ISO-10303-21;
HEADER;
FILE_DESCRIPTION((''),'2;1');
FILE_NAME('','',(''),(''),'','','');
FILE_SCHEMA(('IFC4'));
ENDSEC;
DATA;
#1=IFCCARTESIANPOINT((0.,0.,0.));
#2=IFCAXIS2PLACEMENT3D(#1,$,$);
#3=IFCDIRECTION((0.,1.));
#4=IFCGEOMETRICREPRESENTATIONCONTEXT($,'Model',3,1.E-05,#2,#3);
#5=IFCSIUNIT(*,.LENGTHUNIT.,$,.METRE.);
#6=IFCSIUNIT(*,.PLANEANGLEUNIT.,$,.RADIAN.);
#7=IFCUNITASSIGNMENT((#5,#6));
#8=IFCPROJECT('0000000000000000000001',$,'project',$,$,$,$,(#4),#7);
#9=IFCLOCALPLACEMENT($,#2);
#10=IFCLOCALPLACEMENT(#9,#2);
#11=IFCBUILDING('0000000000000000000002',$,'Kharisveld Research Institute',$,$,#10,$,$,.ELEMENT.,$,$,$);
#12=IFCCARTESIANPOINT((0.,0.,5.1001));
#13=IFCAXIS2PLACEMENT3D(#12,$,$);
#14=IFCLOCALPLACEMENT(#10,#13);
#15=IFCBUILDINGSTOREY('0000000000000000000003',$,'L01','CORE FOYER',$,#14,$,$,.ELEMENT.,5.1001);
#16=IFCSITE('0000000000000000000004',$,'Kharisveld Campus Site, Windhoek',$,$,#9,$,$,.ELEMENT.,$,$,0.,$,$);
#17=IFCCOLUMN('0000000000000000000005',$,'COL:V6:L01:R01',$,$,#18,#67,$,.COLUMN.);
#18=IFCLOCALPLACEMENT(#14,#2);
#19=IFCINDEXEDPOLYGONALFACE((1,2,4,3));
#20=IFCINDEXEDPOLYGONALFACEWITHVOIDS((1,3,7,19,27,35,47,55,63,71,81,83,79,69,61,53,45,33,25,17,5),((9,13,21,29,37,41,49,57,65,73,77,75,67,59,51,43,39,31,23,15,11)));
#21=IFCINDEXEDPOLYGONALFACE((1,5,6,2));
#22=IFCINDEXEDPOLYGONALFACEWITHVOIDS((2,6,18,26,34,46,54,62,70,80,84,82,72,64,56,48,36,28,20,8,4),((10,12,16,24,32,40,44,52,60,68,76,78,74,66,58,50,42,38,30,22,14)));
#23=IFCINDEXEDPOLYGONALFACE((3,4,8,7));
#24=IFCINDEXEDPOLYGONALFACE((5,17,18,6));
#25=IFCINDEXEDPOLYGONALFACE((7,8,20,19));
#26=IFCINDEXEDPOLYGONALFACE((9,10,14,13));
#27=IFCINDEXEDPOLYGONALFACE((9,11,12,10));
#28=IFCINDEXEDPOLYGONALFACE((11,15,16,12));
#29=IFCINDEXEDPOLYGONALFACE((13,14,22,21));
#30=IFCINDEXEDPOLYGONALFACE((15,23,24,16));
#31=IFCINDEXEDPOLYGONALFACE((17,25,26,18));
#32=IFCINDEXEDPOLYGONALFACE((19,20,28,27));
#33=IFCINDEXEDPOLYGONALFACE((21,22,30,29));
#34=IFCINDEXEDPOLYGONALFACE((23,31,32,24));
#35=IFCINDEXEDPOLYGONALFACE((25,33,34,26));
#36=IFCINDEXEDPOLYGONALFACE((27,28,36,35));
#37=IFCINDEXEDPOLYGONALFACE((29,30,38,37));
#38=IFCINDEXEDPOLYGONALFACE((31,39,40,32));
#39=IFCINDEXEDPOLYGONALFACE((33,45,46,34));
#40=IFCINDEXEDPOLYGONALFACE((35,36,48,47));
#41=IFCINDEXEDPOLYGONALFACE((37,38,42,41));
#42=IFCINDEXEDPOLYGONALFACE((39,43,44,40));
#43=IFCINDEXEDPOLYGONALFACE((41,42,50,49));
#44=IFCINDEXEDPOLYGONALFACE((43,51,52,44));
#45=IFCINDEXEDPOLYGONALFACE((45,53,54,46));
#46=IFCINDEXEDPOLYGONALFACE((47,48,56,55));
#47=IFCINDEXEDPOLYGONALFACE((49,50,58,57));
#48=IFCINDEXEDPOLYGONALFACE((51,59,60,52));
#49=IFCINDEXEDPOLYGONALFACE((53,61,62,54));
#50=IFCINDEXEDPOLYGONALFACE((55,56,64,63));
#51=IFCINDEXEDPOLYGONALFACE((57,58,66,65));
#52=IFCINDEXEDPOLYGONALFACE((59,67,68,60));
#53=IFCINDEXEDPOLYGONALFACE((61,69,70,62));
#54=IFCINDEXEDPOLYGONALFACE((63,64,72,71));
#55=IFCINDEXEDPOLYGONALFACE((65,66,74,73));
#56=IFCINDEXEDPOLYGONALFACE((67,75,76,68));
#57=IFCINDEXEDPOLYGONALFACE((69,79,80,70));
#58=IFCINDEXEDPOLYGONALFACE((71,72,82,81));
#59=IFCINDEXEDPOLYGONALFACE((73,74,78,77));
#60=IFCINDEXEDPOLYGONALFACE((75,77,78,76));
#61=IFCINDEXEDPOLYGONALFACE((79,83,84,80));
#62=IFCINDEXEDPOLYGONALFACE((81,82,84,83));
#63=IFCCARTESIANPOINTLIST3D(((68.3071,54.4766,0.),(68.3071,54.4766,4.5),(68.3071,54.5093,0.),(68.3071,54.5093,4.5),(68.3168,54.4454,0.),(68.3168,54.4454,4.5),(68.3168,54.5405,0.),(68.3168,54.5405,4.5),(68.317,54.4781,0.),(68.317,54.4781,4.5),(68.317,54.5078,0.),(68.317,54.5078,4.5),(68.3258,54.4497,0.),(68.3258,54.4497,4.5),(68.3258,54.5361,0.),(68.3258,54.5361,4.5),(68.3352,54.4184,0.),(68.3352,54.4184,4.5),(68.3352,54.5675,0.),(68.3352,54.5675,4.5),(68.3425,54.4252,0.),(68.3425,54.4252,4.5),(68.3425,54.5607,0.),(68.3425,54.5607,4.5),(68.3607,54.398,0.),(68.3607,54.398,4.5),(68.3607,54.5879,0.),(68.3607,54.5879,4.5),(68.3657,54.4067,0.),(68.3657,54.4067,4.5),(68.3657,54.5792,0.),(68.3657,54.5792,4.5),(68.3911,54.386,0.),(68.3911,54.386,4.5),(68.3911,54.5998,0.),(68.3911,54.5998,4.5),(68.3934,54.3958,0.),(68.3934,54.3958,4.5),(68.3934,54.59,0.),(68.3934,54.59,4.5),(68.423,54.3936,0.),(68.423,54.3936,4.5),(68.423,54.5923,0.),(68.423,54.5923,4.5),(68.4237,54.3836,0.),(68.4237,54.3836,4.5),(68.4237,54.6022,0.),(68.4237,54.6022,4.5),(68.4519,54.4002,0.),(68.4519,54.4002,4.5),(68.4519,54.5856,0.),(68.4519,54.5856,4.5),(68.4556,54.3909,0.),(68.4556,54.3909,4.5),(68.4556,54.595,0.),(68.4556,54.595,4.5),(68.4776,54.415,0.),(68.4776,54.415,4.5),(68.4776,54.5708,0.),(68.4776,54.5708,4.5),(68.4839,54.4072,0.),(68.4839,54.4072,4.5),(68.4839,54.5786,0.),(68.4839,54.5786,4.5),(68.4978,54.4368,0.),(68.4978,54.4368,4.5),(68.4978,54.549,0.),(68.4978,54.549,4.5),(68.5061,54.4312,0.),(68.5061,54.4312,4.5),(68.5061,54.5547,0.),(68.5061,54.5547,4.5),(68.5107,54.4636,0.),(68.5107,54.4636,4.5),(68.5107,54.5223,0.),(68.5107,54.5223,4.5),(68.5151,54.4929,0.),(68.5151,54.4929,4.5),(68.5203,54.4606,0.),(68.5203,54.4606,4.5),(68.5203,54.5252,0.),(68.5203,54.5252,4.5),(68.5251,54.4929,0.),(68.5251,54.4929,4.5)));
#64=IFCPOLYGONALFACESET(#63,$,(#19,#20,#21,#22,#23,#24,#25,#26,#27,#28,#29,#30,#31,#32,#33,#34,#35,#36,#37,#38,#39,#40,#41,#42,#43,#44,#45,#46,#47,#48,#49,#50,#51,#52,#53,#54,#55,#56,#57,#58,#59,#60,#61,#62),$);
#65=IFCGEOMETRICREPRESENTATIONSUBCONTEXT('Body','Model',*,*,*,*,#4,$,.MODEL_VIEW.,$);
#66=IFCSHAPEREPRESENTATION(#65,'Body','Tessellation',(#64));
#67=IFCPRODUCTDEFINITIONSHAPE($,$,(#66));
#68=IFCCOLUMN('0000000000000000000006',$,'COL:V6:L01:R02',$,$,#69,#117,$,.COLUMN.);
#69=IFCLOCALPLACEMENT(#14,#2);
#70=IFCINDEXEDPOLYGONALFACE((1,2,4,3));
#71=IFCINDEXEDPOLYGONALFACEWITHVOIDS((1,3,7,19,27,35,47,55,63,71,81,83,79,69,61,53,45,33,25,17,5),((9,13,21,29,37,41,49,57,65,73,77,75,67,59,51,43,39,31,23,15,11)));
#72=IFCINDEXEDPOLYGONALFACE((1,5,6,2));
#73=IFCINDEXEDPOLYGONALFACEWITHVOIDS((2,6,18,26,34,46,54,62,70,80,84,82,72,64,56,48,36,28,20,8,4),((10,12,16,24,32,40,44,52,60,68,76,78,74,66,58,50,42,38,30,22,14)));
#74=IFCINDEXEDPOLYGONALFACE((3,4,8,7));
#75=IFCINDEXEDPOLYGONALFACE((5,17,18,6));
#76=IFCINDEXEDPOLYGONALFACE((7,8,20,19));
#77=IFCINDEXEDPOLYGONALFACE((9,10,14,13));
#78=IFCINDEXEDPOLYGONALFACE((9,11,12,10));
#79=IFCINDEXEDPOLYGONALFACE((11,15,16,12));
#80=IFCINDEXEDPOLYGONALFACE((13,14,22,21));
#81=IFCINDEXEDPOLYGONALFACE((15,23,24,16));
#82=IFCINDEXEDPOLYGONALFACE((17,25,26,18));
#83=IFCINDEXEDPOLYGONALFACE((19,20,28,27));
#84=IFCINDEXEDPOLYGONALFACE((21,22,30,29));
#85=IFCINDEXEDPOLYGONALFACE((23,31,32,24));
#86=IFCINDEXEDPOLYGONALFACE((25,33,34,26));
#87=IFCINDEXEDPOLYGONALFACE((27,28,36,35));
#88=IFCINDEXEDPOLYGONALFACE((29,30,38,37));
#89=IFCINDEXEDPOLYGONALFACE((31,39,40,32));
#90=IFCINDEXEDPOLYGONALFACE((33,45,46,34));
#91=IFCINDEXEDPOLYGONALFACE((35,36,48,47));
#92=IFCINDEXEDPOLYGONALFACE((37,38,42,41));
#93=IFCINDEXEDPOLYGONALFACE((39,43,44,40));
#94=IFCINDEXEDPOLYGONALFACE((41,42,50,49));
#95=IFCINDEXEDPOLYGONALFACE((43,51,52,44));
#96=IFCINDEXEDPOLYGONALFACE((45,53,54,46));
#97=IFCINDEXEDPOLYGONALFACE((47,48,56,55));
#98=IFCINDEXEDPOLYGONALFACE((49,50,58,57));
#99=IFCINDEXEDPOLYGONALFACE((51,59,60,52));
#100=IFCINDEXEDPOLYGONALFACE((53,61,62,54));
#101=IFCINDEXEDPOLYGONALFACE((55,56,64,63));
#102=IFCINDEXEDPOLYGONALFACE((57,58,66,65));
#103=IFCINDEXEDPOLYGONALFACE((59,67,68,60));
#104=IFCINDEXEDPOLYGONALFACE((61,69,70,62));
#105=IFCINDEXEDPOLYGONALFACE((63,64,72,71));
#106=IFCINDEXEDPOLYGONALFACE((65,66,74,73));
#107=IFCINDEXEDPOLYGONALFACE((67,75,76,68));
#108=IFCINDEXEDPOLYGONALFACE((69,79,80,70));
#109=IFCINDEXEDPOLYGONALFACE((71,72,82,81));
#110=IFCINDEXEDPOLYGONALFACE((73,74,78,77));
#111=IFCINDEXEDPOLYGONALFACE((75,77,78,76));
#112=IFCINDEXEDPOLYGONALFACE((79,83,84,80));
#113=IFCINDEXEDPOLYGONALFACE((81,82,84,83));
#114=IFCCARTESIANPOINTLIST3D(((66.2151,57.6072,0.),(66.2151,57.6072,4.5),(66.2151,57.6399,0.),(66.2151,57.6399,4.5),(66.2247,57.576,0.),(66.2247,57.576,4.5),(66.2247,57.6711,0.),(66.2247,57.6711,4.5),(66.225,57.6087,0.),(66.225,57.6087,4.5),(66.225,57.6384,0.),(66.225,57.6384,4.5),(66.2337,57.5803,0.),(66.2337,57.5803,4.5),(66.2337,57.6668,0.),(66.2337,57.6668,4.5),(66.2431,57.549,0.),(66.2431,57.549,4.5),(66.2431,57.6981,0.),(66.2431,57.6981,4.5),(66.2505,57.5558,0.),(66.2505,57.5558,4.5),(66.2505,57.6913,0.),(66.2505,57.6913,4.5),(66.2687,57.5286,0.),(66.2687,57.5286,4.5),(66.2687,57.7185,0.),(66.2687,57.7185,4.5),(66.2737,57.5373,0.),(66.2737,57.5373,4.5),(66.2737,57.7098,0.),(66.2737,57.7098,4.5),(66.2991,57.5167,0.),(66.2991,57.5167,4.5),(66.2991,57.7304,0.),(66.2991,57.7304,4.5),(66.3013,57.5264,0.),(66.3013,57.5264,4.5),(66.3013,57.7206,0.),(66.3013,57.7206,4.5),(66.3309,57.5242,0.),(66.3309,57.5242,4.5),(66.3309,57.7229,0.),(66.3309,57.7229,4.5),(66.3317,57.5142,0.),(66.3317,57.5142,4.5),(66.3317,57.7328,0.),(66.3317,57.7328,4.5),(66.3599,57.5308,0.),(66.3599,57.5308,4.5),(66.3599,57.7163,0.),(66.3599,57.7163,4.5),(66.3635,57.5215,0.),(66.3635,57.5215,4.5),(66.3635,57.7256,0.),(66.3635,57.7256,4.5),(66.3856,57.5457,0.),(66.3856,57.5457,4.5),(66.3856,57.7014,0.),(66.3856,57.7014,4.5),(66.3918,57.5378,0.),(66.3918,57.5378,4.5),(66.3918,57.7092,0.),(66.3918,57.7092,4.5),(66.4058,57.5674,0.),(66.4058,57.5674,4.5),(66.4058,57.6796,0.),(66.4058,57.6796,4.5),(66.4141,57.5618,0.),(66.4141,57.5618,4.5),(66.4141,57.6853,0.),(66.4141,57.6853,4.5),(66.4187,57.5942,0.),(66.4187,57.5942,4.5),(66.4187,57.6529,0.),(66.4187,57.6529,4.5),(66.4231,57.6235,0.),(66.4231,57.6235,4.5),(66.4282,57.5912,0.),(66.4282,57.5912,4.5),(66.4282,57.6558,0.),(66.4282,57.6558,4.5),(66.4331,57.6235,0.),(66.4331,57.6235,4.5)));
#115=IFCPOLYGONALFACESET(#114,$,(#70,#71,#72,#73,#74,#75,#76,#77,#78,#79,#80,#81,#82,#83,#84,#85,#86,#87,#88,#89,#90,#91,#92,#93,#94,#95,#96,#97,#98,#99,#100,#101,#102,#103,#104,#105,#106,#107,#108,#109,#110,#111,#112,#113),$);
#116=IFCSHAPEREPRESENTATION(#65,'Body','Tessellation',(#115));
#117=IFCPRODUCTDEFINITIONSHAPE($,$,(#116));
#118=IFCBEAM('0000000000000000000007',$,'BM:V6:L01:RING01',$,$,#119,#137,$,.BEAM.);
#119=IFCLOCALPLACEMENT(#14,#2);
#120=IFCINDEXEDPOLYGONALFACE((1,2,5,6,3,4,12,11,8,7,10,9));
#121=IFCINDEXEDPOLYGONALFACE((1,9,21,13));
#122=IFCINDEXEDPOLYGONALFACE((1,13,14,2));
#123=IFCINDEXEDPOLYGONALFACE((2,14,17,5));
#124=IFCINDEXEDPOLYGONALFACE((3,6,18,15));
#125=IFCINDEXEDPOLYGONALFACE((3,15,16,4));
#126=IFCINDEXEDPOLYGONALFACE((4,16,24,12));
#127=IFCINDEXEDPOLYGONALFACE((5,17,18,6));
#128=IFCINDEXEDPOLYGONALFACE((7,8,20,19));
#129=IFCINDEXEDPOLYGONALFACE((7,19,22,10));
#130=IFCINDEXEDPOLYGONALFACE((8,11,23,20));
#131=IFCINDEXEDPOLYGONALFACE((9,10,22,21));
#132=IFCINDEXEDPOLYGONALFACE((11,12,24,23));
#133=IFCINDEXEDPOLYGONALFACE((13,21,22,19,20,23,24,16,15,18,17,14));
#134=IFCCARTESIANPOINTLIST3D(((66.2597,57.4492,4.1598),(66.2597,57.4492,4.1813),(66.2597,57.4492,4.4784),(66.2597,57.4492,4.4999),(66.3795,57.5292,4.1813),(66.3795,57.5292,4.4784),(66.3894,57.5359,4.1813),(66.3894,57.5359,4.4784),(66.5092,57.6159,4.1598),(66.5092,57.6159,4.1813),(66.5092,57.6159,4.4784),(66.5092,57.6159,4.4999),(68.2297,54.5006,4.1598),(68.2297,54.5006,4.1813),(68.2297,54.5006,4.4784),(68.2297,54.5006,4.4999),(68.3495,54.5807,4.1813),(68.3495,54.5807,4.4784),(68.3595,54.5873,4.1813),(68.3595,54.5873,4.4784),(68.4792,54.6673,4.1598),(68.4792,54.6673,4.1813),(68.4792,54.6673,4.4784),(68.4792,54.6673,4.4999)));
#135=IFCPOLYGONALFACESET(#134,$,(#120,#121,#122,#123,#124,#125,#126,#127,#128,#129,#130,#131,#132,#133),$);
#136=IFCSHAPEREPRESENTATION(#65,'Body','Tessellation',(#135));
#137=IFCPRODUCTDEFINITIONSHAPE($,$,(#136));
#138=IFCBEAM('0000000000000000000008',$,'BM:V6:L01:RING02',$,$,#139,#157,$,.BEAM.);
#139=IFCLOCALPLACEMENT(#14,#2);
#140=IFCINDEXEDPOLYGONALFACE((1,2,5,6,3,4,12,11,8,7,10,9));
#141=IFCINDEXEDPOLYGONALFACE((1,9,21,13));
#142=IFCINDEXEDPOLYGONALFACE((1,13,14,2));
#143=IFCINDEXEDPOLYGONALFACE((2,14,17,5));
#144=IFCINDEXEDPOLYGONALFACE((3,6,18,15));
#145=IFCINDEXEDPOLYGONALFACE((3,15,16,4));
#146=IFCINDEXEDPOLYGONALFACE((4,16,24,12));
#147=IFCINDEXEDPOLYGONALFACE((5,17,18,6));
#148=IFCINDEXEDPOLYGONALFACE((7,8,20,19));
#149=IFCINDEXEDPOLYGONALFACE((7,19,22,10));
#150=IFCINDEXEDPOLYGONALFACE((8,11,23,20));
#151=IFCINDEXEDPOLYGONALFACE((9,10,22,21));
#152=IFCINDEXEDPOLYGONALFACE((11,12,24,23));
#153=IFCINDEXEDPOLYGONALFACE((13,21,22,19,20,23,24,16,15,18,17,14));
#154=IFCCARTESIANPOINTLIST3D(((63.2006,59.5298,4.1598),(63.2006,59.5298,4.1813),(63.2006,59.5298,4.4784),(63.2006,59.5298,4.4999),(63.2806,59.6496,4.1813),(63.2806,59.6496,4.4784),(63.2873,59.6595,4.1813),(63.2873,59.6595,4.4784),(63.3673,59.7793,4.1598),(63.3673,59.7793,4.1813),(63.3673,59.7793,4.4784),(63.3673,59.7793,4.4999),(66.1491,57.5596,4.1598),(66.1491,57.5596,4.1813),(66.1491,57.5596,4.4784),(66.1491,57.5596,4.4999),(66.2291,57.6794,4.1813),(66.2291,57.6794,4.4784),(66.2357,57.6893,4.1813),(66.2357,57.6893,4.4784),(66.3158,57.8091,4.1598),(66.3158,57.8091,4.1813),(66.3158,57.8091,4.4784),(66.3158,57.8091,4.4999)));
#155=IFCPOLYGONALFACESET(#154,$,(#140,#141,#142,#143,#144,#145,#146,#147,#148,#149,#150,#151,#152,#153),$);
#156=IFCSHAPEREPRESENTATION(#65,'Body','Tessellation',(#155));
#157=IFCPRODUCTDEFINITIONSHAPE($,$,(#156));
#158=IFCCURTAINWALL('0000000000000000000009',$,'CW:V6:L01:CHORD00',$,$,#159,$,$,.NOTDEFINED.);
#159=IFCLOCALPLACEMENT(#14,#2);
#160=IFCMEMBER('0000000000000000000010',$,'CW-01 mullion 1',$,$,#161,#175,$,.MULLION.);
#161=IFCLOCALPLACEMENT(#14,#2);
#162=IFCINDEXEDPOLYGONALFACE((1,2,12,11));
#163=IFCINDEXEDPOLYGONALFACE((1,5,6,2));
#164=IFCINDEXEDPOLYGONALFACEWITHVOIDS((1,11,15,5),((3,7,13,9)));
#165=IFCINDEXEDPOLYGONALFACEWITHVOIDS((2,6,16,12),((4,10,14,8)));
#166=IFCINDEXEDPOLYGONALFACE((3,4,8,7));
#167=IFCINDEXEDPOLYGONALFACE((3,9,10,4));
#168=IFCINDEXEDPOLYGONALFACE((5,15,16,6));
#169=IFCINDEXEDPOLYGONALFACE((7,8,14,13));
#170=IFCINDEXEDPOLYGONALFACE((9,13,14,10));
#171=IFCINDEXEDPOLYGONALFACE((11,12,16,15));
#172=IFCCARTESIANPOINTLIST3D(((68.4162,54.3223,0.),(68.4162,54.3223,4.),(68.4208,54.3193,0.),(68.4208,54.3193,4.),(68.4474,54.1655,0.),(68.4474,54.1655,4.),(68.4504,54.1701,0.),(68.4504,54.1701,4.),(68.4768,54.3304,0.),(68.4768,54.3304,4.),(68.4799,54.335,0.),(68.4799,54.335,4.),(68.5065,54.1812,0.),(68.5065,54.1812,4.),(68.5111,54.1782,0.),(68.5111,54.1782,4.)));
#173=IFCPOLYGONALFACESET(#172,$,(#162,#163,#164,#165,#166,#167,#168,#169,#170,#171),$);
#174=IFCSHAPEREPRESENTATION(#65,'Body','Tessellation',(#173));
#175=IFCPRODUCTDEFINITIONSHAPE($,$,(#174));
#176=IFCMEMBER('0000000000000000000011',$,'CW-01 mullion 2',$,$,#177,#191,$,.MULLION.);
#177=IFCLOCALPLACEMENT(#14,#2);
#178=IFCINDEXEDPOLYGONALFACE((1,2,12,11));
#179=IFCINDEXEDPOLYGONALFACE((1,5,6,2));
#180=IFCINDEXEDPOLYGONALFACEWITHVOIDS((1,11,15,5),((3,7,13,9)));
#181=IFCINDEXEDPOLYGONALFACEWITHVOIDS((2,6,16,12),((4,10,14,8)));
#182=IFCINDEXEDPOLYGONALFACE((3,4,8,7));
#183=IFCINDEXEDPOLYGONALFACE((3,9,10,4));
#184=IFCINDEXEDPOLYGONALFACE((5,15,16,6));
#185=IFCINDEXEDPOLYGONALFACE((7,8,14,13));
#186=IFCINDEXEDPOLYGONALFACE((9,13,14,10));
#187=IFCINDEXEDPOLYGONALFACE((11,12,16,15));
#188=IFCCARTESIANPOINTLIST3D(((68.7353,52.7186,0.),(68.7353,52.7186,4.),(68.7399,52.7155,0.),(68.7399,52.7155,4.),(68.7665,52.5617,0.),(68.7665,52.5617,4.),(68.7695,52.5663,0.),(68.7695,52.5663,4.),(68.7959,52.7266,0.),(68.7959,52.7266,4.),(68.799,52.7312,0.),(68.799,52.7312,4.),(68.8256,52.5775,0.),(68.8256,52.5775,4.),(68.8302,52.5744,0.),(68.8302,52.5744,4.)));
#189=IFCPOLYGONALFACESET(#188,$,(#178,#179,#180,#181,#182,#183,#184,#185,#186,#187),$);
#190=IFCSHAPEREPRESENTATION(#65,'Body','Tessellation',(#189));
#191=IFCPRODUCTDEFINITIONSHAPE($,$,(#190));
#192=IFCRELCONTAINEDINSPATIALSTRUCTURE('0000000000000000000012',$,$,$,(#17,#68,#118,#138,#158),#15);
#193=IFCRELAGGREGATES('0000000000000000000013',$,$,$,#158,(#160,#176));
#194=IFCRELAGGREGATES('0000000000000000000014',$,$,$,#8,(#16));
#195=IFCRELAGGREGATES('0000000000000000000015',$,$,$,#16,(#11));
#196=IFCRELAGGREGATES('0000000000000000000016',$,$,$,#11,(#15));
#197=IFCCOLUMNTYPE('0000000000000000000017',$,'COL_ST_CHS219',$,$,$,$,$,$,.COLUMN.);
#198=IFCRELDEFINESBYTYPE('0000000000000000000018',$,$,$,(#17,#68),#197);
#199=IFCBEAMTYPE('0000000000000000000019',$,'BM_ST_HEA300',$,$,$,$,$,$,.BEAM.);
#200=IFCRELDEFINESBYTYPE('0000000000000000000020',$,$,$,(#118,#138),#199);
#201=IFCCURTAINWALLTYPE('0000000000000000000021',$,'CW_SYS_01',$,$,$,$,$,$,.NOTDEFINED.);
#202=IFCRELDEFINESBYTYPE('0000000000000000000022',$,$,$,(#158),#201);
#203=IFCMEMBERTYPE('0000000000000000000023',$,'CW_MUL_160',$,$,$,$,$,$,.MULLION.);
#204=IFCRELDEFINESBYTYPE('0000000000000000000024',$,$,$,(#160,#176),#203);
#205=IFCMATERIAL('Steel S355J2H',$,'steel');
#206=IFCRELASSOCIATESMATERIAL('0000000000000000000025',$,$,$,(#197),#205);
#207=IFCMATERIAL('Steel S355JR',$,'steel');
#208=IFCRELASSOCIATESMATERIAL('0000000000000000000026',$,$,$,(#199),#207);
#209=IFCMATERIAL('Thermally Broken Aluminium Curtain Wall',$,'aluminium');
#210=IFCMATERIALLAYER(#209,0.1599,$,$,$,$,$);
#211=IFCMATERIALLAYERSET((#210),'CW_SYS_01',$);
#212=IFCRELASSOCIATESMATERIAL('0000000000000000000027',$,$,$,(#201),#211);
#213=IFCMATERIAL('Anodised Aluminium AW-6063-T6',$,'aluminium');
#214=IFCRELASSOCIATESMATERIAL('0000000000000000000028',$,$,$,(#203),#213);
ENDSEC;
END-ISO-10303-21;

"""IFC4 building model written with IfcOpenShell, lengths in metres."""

from ifc_helpers import new_model, si_unit, direction, frame, origin, origin_2d, place, context, subcontext, project, spatial, hollow_rectangle, hollow_circle, i_section, extrude, material, layer, layer_set, material_profile, profile_set, type_object, element, aggregate, save


model = new_model("IFC4")

# Units and contexts
model_context = context("Model", 3, precision=1e-05, world=origin(), true_north=direction((0.0, 1.0)))
body_context = subcontext(model_context, "Body", "Model", "MODEL_VIEW")
ifc_project = project(units=[si_unit("LENGTHUNIT", "METRE"), si_unit("PLANEANGLEUNIT", "RADIAN")], contexts=[model_context])

# Site, building, storey
site_placement = place(None, origin())
site = spatial("IfcSite", under=ifc_project, at=site_placement, Name="Kharisveld Campus Site, Windhoek", CompositionType="ELEMENT", RefElevation=0.0)
building_placement = place(site_placement, origin())
building = spatial("IfcBuilding", under=site, at=building_placement, Name="Kharisveld Research Institute", CompositionType="ELEMENT")
storey_placement = place(building_placement, frame((0.0, 0.0, 5.1001)))
storey = spatial("IfcBuildingStorey", under=building, at=storey_placement, Name="L01", Description="CORE FOYER", CompositionType="ELEMENT", Elevation=5.1001)

# Columns
ifc_material_1 = material(Name="Steel S355J2H", Category="steel")
ifc_material_profile_1 = material_profile(ifc_material_1, hollow_circle(Radius=0.1096, WallThickness=0.01, at=origin_2d()))
ifc_profile_set_1 = profile_set([ifc_material_profile_1], Name="Steel S355J2H")
column_type = type_object("IfcColumnType", Name="COL_ST_CHS219", PredefinedType="COLUMN", material=ifc_profile_set_1)
for number, where, z_axis, x_axis, name in (
    (1, (68.4155, 54.4929, 0.0), (0.0, 0.0, 1.0), (1.0, 0.0, 0.0), "COL:V6:L01:R01"),
    (2, (66.3235, 57.6235, 0.0), (0.0, 0.0, 1.0), (1.0, 0.0, 0.0), "COL:V6:L01:R02"),
):
    element("IfcColumn", number, at=place(storey_placement, frame(where, z_axis=z_axis, x_axis=x_axis)), inside=storey, type_object=column_type, Name=name, PredefinedType="COLUMN", context=body_context, shape_type="SweptSolid", body=[
        extrude(hollow_circle(Radius=0.1096, WallThickness=0.01, at=origin_2d()), origin(), (0.0, 0.0, 1.0), 4.5),
    ])

# Beams
ifc_material_2 = material(Name="Steel S355JR", Category="steel")
ifc_material_profile_2 = material_profile(ifc_material_2, i_section(OverallWidth=0.3, OverallDepth=0.3401, WebThickness=0.012, FlangeThickness=0.0215, at=origin_2d()))
ifc_profile_set_2 = profile_set([ifc_material_profile_2], Name="Steel S355JR")
beam_type = type_object("IfcBeamType", Name="BM_ST_HEA300", PredefinedType="BEAM", material=ifc_profile_set_2)
for number, where, z_axis, x_axis, name in (
    (3, (68.3545, 54.584, 4.3298), (-0.555542, 0.831488, 0.0), (-0.831488, -0.555542, 0.0), "BM:V6:L01:RING01"),
    (4, (66.2324, 57.6843, 4.3298), (-0.831457, 0.55559, 0.0), (-0.55559, -0.831457, 0.0), "BM:V6:L01:RING02"),
):
    element("IfcBeam", number, at=place(storey_placement, frame(where, z_axis=z_axis, x_axis=x_axis)), inside=storey, type_object=beam_type, Name=name, PredefinedType="BEAM", context=body_context, shape_type="SweptSolid", body=[
        extrude(i_section(OverallWidth=0.3, OverallDepth=0.3401, WebThickness=0.012, FlangeThickness=0.0215, at=origin_2d()), origin(), (0.0, 0.0, 1.0), 3.5461),
    ])

# Curtain wall, members
ifc_material_3 = material(Name="Thermally Broken Aluminium Curtain Wall", Category="aluminium")
ifc_layer_1 = layer(ifc_material_3, 0.1599)
ifc_layer_set_1 = layer_set([ifc_layer_1], Name="CW_SYS_01")
curtain_wall_type_1 = type_object("IfcCurtainWallType", Name="CW_SYS_01", PredefinedType="NOTDEFINED", material=ifc_layer_set_1)
curtain_wall_1_placement = place(storey_placement, origin())
curtain_wall_1 = element("IfcCurtainWall", 5, at=curtain_wall_1_placement, inside=storey, type_object=curtain_wall_type_1, Name="CW:V6:L01:CHORD00", PredefinedType="NOTDEFINED")
ifc_material_4 = material(Name="Anodised Aluminium AW-6063-T6", Category="aluminium")
ifc_material_profile_3 = material_profile(ifc_material_4, hollow_rectangle(XDim=0.0649, YDim=0.1599, WallThickness=0.0039, at=origin_2d()))
ifc_profile_set_3 = profile_set([ifc_material_profile_3], Name="Anodised Aluminium AW-6063-T6")
member_type_1 = type_object("IfcMemberType", Name="CW_MUL_160", PredefinedType="MULLION", material=ifc_profile_set_3)
member_1_placement = place(storey_placement, frame((68.4636, 54.2502, 0.0), z_axis=(0.0, 0.0, 1.0), x_axis=(0.980785, 0.195091, 0.0)))
member_1 = element("IfcMember", 6, at=member_1_placement, type_object=member_type_1, Name="CW-01 mullion 1", PredefinedType="MULLION", context=body_context, shape_type="SweptSolid", body=[
    extrude(hollow_rectangle(XDim=0.0649, YDim=0.1599, WallThickness=0.0039, at=origin_2d()), origin(), (0.0, 0.0, 1.0), 4.0),
])
member_2_placement = place(storey_placement, frame((68.7827, 52.6465, 0.0), z_axis=(0.0, 0.0, 1.0), x_axis=(0.980785, 0.195091, 0.0)))
member_2 = element("IfcMember", 7, at=member_2_placement, type_object=member_type_1, Name="CW-01 mullion 2", PredefinedType="MULLION", context=body_context, shape_type="SweptSolid", body=[
    extrude(hollow_rectangle(XDim=0.0649, YDim=0.1599, WallThickness=0.0039, at=origin_2d()), origin(), (0.0, 0.0, 1.0), 4.0),
])

aggregate(curtain_wall_1, [member_1, member_2])

save(model, "model.ifc")
